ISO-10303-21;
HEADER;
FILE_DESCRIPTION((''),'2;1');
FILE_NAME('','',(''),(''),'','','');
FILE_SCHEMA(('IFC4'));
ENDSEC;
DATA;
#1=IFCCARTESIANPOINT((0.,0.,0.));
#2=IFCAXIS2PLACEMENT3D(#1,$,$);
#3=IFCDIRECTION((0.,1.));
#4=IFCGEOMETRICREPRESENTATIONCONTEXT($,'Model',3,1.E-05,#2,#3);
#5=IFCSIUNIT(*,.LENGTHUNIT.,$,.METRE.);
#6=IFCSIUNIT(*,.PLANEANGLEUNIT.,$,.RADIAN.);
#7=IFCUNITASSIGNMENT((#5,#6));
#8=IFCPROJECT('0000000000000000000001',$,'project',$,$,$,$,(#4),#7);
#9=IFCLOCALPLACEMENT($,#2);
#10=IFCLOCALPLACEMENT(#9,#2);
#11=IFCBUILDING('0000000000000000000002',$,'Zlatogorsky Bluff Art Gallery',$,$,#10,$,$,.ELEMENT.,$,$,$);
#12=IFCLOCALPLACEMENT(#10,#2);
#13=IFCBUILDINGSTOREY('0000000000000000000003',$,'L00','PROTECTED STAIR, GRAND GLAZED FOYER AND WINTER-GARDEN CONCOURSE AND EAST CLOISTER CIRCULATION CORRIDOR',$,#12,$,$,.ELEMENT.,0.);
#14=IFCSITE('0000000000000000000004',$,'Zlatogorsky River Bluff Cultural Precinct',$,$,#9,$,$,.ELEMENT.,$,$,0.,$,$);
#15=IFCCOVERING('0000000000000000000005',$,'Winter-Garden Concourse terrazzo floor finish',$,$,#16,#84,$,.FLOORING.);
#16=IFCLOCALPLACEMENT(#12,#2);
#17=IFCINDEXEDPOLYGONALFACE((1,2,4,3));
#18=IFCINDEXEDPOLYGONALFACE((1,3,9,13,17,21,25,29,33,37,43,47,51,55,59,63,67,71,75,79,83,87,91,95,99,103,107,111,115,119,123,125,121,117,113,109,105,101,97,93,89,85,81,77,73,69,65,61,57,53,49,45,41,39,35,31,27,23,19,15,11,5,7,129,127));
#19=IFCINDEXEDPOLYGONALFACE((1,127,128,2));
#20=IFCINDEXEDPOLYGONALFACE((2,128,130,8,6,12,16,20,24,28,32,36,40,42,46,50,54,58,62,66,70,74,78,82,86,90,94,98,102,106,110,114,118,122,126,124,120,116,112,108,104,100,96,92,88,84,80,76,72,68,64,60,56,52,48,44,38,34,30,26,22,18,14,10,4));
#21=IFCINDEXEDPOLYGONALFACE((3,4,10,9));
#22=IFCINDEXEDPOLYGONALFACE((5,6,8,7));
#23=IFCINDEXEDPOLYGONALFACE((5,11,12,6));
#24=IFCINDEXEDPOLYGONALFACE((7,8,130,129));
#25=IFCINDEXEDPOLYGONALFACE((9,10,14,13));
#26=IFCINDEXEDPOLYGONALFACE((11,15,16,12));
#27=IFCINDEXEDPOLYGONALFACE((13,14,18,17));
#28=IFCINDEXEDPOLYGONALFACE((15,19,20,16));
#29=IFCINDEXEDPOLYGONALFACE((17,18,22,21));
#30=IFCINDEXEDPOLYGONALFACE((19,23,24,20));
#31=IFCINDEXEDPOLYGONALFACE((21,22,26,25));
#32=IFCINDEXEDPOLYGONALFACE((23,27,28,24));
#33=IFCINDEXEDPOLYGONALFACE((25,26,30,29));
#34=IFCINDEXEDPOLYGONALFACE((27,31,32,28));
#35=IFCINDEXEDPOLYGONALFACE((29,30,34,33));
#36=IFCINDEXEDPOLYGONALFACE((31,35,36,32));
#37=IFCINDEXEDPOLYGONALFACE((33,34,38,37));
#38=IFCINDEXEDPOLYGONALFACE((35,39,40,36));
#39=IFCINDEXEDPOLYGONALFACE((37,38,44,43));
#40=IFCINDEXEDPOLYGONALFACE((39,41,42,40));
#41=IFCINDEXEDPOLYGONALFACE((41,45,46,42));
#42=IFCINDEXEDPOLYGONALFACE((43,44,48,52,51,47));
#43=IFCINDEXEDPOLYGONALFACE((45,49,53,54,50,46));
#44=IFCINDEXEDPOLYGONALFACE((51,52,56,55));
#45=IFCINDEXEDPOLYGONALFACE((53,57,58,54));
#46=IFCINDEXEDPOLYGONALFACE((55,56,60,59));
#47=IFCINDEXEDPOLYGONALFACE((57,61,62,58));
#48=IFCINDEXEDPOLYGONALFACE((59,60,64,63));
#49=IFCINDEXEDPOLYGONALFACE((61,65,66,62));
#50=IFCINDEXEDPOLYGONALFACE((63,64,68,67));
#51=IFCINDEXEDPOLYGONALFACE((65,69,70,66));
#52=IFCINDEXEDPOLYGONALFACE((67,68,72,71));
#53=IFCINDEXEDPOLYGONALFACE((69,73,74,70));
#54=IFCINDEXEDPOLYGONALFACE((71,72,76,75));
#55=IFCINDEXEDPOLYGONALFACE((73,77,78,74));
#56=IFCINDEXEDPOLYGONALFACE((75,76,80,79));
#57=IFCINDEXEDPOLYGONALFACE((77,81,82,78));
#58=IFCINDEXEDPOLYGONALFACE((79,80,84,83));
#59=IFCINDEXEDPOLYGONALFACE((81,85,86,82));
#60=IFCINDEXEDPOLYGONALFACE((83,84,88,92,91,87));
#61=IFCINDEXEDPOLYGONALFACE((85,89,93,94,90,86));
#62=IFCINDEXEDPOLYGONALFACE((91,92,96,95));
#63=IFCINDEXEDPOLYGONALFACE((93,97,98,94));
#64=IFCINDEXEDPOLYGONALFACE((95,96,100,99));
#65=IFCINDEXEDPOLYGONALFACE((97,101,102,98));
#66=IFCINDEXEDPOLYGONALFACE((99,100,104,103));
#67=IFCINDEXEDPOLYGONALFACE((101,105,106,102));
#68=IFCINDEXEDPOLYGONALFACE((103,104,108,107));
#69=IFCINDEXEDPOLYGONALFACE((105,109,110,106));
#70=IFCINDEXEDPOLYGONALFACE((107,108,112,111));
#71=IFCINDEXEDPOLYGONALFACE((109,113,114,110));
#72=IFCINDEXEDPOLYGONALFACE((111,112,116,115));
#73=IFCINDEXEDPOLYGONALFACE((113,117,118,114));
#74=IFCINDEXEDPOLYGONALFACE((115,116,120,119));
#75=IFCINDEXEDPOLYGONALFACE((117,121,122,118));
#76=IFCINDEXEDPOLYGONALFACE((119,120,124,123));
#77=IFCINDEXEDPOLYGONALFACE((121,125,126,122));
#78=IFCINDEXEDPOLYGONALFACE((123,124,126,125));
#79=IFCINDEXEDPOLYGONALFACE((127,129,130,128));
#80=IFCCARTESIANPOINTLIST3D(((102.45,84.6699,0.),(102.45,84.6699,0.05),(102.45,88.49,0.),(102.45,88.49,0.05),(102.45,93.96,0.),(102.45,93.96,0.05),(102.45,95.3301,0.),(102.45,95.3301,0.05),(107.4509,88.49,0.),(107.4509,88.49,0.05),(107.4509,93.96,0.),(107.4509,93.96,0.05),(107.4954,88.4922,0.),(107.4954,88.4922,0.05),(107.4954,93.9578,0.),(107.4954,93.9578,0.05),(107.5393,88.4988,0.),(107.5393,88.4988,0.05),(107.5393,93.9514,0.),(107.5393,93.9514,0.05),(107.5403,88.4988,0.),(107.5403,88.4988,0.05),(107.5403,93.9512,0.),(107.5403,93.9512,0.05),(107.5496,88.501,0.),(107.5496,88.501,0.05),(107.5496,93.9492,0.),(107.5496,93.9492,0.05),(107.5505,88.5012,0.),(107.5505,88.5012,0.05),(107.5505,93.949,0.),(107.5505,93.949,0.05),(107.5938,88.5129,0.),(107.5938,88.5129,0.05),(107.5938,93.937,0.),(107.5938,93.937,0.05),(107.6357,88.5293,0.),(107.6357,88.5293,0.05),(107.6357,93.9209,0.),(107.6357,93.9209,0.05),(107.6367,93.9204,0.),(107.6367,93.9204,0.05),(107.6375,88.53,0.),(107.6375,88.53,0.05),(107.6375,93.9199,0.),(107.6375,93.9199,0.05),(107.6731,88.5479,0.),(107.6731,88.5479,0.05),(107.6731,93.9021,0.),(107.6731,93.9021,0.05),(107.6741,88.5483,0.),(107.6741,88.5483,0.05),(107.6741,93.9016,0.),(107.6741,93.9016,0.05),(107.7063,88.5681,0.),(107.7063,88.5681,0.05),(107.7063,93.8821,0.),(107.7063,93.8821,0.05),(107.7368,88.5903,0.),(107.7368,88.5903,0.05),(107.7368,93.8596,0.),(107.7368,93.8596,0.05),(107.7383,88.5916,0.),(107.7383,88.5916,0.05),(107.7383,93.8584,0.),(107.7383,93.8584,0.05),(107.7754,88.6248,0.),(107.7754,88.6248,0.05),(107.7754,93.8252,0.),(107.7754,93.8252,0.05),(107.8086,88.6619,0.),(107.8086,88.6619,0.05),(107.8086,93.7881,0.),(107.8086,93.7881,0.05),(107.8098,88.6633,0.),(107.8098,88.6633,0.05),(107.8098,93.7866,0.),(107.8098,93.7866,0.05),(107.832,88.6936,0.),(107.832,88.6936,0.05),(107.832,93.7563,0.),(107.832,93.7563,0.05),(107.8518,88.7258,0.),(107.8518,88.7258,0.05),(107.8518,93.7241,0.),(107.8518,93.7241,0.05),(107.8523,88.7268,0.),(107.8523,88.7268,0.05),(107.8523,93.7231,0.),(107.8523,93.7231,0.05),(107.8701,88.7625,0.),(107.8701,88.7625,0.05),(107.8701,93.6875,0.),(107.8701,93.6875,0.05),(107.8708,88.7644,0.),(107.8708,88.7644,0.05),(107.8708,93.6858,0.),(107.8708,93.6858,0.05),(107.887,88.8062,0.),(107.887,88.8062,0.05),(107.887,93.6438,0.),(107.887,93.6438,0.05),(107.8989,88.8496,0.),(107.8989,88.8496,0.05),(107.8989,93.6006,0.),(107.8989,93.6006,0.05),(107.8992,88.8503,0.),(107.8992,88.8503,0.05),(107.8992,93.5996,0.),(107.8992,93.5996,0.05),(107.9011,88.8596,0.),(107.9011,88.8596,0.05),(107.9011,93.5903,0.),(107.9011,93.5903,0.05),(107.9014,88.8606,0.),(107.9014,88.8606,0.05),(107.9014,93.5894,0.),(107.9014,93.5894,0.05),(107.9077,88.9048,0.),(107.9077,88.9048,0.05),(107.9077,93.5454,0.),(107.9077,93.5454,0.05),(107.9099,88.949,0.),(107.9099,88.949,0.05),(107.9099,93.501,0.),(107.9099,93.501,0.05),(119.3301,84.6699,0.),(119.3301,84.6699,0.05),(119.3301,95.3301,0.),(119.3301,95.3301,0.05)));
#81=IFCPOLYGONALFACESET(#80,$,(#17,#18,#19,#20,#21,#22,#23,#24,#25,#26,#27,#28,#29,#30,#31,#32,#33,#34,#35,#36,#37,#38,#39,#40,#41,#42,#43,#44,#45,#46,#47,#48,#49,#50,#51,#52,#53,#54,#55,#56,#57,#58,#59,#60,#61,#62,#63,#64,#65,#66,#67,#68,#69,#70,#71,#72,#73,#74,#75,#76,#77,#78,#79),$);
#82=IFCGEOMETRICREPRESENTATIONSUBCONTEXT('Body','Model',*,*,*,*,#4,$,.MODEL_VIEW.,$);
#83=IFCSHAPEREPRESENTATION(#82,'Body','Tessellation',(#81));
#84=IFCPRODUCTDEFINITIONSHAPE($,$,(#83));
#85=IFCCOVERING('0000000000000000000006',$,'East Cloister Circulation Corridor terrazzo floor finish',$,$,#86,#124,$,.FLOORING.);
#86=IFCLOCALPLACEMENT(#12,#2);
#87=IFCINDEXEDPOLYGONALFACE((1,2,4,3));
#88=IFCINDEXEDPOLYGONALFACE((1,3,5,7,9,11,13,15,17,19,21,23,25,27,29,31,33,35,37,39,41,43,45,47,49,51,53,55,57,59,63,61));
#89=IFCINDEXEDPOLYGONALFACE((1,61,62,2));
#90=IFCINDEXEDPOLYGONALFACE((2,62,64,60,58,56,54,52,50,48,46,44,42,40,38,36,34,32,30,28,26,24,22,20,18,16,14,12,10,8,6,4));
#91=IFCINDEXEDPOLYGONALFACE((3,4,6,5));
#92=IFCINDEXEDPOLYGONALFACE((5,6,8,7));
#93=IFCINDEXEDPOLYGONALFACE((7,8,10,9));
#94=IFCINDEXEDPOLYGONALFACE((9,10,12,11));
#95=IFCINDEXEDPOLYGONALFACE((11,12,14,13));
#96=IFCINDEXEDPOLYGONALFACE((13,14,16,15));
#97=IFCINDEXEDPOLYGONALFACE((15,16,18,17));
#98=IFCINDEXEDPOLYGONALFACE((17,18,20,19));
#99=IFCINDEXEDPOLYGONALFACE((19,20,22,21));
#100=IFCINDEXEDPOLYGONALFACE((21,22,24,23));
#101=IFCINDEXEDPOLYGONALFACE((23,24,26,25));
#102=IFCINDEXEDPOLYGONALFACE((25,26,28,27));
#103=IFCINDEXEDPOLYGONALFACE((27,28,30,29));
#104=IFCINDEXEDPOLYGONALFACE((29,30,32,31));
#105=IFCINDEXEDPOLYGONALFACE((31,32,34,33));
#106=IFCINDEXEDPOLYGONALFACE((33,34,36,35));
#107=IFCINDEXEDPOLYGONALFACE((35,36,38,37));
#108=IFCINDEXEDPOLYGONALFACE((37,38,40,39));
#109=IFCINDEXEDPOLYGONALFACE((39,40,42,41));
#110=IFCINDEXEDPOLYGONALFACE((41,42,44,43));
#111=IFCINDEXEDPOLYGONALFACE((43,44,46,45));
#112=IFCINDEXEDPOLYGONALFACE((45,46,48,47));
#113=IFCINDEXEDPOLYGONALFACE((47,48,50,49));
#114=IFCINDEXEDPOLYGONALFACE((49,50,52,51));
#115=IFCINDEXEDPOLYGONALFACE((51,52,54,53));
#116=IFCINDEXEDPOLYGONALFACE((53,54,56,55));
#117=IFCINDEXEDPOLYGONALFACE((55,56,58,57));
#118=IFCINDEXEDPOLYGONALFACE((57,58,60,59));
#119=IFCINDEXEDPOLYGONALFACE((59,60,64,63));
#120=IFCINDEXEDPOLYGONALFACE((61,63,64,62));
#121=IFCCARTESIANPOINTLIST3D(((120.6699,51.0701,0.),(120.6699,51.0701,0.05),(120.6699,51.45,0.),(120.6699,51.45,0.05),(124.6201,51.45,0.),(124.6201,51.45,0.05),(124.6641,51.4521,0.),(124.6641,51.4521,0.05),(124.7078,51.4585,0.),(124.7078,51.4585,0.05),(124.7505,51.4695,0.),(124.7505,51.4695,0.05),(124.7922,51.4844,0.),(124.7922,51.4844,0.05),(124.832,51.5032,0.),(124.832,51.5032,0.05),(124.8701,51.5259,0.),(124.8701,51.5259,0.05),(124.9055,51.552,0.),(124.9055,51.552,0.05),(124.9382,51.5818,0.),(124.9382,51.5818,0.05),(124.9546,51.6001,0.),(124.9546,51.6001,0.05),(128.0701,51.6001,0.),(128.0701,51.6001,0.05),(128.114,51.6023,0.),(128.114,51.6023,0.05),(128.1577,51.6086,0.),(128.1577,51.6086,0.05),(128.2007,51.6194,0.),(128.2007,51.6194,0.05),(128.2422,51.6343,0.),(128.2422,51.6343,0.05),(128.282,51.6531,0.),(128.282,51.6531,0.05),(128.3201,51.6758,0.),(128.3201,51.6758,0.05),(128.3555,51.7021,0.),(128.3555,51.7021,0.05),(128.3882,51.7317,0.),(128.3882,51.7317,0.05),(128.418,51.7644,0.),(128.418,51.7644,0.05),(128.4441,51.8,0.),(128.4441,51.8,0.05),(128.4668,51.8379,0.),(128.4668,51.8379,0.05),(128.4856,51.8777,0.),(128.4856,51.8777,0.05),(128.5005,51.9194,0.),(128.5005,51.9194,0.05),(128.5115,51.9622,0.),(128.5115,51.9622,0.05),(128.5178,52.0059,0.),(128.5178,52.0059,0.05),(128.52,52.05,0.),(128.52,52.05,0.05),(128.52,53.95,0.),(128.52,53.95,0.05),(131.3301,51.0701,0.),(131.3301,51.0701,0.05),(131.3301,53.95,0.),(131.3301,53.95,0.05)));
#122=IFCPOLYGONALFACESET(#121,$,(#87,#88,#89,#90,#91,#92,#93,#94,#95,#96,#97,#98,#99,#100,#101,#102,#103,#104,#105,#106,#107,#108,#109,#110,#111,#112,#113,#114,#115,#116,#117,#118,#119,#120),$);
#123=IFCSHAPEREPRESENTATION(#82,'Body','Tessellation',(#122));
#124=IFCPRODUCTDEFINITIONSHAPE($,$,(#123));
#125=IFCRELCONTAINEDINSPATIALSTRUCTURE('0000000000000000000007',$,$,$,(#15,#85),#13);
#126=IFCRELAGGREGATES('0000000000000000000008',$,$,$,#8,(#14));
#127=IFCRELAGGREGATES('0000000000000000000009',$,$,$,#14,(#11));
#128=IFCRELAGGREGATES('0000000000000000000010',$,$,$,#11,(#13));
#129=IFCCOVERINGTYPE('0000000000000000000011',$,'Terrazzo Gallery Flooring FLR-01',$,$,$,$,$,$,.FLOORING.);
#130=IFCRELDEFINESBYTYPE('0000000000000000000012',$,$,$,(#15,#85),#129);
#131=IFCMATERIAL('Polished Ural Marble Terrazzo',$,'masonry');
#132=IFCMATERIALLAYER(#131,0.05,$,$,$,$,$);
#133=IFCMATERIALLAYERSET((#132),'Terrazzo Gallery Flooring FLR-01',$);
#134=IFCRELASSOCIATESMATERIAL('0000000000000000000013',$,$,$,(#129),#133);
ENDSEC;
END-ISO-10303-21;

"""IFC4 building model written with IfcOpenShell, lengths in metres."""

from ifc_helpers import new_model, si_unit, direction, origin, place, context, subcontext, project, spatial, polyline, outline, extrude, material, layer, layer_set, type_object, element, save


model = new_model("IFC4")

# Units and contexts
model_context = context("Model", 3, precision=1e-05, world=origin(), true_north=direction((0.0, 1.0)))
body_context = subcontext(model_context, "Body", "Model", "MODEL_VIEW")
ifc_project = project(units=[si_unit("LENGTHUNIT", "METRE"), si_unit("PLANEANGLEUNIT", "RADIAN")], contexts=[model_context])

# Site, building, storey
site_placement = place(None, origin())
site = spatial("IfcSite", under=ifc_project, at=site_placement, Name="Zlatogorsky River Bluff Cultural Precinct", CompositionType="ELEMENT", RefElevation=0.0)
building_placement = place(site_placement, origin())
building = spatial("IfcBuilding", under=site, at=building_placement, Name="Zlatogorsky Bluff Art Gallery", CompositionType="ELEMENT")
storey_placement = place(building_placement, origin())
storey = spatial("IfcBuildingStorey", under=building, at=storey_placement, Name="L00", Description="PROTECTED STAIR, GRAND GLAZED FOYER AND WINTER-GARDEN CONCOURSE AND EAST CLOISTER CIRCULATION CORRIDOR", CompositionType="ELEMENT", Elevation=0.0)

# Coverings
ifc_material_1 = material(Name="Polished Ural Marble Terrazzo", Category="masonry")
ifc_layer_1 = layer(ifc_material_1, 0.05)
ifc_layer_set_1 = layer_set([ifc_layer_1], Name="Terrazzo Gallery Flooring FLR-01")
covering_type_1 = type_object("IfcCoveringType", Name="Terrazzo Gallery Flooring FLR-01", PredefinedType="FLOORING", material=ifc_layer_set_1)
covering_1_placement = place(storey_placement, origin())
element("IfcCovering", 1, at=covering_1_placement, inside=storey, type_object=covering_type_1, Name="Winter-Garden Concourse terrazzo floor finish", PredefinedType="FLOORING", context=body_context, shape_type="SweptSolid", body=[
    extrude(outline(polyline([(102.45, 84.6699), (102.45, 88.49), (107.4509, 88.49), (107.4954, 88.4922), (107.5393, 88.4988), (107.5403, 88.4988), (107.5496, 88.501), (107.5505, 88.5012), (107.5938, 88.5129), (107.6357, 88.5293), (107.6375, 88.53), (107.6731, 88.5479), (107.6741, 88.5483), (107.7063, 88.5681), (107.7368, 88.5903), (107.7383, 88.5916), (107.7754, 88.6248), (107.8086, 88.6619), (107.8098, 88.6633), (107.832, 88.6936), (107.8518, 88.7258), (107.8523, 88.7268), (107.8701, 88.7625), (107.8708, 88.7644), (107.887, 88.8062), (107.8989, 88.8496), (107.8992, 88.8503), (107.9011, 88.8596), (107.9014, 88.8606), (107.9077, 88.9048), (107.9099, 88.949), (107.9099, 93.501), (107.9077, 93.5454), (107.9014, 93.5894), (107.9011, 93.5903), (107.8992, 93.5996), (107.8989, 93.6006), (107.887, 93.6438), (107.8708, 93.6858), (107.8701, 93.6875), (107.8523, 93.7231), (107.8518, 93.7241), (107.832, 93.7563), (107.8098, 93.7866), (107.8086, 93.7881), (107.7754, 93.8252), (107.7383, 93.8584), (107.7368, 93.8596), (107.7063, 93.8821), (107.6741, 93.9016), (107.6731, 93.9021), (107.6375, 93.9199), (107.6367, 93.9204), (107.6357, 93.9209), (107.5938, 93.937), (107.5505, 93.949), (107.5496, 93.9492), (107.5403, 93.9512), (107.5393, 93.9514), (107.4954, 93.9578), (107.4509, 93.96), (102.45, 93.96), (102.45, 95.3301), (119.3301, 95.3301), (119.3301, 84.6699), (102.45, 84.6699)])), origin(), (0.0, 0.0, 1.0), 0.05),
])
covering_2_placement = place(storey_placement, origin())
element("IfcCovering", 2, at=covering_2_placement, inside=storey, type_object=covering_type_1, Name="East Cloister Circulation Corridor terrazzo floor finish", PredefinedType="FLOORING", context=body_context, shape_type="SweptSolid", body=[
    extrude(outline(polyline([(124.6201, 51.45), (124.6641, 51.4521), (124.7078, 51.4585), (124.7505, 51.4695), (124.7922, 51.4844), (124.832, 51.5032), (124.8701, 51.5259), (124.9055, 51.552), (124.9382, 51.5818), (124.9546, 51.6001), (128.0701, 51.6001), (128.114, 51.6023), (128.1577, 51.6086), (128.2007, 51.6194), (128.2422, 51.6343), (128.282, 51.6531), (128.3201, 51.6758), (128.3555, 51.7021), (128.3882, 51.7317), (128.418, 51.7644), (128.4441, 51.8), (128.4668, 51.8379), (128.4856, 51.8777), (128.5005, 51.9194), (128.5115, 51.9622), (128.5178, 52.0059), (128.52, 52.05), (128.52, 53.95), (131.3301, 53.95), (131.3301, 51.0701), (120.6699, 51.0701), (120.6699, 51.45), (124.6201, 51.45)])), origin(), (0.0, 0.0, 1.0), 0.05),
])

save(model, "model.ifc")
